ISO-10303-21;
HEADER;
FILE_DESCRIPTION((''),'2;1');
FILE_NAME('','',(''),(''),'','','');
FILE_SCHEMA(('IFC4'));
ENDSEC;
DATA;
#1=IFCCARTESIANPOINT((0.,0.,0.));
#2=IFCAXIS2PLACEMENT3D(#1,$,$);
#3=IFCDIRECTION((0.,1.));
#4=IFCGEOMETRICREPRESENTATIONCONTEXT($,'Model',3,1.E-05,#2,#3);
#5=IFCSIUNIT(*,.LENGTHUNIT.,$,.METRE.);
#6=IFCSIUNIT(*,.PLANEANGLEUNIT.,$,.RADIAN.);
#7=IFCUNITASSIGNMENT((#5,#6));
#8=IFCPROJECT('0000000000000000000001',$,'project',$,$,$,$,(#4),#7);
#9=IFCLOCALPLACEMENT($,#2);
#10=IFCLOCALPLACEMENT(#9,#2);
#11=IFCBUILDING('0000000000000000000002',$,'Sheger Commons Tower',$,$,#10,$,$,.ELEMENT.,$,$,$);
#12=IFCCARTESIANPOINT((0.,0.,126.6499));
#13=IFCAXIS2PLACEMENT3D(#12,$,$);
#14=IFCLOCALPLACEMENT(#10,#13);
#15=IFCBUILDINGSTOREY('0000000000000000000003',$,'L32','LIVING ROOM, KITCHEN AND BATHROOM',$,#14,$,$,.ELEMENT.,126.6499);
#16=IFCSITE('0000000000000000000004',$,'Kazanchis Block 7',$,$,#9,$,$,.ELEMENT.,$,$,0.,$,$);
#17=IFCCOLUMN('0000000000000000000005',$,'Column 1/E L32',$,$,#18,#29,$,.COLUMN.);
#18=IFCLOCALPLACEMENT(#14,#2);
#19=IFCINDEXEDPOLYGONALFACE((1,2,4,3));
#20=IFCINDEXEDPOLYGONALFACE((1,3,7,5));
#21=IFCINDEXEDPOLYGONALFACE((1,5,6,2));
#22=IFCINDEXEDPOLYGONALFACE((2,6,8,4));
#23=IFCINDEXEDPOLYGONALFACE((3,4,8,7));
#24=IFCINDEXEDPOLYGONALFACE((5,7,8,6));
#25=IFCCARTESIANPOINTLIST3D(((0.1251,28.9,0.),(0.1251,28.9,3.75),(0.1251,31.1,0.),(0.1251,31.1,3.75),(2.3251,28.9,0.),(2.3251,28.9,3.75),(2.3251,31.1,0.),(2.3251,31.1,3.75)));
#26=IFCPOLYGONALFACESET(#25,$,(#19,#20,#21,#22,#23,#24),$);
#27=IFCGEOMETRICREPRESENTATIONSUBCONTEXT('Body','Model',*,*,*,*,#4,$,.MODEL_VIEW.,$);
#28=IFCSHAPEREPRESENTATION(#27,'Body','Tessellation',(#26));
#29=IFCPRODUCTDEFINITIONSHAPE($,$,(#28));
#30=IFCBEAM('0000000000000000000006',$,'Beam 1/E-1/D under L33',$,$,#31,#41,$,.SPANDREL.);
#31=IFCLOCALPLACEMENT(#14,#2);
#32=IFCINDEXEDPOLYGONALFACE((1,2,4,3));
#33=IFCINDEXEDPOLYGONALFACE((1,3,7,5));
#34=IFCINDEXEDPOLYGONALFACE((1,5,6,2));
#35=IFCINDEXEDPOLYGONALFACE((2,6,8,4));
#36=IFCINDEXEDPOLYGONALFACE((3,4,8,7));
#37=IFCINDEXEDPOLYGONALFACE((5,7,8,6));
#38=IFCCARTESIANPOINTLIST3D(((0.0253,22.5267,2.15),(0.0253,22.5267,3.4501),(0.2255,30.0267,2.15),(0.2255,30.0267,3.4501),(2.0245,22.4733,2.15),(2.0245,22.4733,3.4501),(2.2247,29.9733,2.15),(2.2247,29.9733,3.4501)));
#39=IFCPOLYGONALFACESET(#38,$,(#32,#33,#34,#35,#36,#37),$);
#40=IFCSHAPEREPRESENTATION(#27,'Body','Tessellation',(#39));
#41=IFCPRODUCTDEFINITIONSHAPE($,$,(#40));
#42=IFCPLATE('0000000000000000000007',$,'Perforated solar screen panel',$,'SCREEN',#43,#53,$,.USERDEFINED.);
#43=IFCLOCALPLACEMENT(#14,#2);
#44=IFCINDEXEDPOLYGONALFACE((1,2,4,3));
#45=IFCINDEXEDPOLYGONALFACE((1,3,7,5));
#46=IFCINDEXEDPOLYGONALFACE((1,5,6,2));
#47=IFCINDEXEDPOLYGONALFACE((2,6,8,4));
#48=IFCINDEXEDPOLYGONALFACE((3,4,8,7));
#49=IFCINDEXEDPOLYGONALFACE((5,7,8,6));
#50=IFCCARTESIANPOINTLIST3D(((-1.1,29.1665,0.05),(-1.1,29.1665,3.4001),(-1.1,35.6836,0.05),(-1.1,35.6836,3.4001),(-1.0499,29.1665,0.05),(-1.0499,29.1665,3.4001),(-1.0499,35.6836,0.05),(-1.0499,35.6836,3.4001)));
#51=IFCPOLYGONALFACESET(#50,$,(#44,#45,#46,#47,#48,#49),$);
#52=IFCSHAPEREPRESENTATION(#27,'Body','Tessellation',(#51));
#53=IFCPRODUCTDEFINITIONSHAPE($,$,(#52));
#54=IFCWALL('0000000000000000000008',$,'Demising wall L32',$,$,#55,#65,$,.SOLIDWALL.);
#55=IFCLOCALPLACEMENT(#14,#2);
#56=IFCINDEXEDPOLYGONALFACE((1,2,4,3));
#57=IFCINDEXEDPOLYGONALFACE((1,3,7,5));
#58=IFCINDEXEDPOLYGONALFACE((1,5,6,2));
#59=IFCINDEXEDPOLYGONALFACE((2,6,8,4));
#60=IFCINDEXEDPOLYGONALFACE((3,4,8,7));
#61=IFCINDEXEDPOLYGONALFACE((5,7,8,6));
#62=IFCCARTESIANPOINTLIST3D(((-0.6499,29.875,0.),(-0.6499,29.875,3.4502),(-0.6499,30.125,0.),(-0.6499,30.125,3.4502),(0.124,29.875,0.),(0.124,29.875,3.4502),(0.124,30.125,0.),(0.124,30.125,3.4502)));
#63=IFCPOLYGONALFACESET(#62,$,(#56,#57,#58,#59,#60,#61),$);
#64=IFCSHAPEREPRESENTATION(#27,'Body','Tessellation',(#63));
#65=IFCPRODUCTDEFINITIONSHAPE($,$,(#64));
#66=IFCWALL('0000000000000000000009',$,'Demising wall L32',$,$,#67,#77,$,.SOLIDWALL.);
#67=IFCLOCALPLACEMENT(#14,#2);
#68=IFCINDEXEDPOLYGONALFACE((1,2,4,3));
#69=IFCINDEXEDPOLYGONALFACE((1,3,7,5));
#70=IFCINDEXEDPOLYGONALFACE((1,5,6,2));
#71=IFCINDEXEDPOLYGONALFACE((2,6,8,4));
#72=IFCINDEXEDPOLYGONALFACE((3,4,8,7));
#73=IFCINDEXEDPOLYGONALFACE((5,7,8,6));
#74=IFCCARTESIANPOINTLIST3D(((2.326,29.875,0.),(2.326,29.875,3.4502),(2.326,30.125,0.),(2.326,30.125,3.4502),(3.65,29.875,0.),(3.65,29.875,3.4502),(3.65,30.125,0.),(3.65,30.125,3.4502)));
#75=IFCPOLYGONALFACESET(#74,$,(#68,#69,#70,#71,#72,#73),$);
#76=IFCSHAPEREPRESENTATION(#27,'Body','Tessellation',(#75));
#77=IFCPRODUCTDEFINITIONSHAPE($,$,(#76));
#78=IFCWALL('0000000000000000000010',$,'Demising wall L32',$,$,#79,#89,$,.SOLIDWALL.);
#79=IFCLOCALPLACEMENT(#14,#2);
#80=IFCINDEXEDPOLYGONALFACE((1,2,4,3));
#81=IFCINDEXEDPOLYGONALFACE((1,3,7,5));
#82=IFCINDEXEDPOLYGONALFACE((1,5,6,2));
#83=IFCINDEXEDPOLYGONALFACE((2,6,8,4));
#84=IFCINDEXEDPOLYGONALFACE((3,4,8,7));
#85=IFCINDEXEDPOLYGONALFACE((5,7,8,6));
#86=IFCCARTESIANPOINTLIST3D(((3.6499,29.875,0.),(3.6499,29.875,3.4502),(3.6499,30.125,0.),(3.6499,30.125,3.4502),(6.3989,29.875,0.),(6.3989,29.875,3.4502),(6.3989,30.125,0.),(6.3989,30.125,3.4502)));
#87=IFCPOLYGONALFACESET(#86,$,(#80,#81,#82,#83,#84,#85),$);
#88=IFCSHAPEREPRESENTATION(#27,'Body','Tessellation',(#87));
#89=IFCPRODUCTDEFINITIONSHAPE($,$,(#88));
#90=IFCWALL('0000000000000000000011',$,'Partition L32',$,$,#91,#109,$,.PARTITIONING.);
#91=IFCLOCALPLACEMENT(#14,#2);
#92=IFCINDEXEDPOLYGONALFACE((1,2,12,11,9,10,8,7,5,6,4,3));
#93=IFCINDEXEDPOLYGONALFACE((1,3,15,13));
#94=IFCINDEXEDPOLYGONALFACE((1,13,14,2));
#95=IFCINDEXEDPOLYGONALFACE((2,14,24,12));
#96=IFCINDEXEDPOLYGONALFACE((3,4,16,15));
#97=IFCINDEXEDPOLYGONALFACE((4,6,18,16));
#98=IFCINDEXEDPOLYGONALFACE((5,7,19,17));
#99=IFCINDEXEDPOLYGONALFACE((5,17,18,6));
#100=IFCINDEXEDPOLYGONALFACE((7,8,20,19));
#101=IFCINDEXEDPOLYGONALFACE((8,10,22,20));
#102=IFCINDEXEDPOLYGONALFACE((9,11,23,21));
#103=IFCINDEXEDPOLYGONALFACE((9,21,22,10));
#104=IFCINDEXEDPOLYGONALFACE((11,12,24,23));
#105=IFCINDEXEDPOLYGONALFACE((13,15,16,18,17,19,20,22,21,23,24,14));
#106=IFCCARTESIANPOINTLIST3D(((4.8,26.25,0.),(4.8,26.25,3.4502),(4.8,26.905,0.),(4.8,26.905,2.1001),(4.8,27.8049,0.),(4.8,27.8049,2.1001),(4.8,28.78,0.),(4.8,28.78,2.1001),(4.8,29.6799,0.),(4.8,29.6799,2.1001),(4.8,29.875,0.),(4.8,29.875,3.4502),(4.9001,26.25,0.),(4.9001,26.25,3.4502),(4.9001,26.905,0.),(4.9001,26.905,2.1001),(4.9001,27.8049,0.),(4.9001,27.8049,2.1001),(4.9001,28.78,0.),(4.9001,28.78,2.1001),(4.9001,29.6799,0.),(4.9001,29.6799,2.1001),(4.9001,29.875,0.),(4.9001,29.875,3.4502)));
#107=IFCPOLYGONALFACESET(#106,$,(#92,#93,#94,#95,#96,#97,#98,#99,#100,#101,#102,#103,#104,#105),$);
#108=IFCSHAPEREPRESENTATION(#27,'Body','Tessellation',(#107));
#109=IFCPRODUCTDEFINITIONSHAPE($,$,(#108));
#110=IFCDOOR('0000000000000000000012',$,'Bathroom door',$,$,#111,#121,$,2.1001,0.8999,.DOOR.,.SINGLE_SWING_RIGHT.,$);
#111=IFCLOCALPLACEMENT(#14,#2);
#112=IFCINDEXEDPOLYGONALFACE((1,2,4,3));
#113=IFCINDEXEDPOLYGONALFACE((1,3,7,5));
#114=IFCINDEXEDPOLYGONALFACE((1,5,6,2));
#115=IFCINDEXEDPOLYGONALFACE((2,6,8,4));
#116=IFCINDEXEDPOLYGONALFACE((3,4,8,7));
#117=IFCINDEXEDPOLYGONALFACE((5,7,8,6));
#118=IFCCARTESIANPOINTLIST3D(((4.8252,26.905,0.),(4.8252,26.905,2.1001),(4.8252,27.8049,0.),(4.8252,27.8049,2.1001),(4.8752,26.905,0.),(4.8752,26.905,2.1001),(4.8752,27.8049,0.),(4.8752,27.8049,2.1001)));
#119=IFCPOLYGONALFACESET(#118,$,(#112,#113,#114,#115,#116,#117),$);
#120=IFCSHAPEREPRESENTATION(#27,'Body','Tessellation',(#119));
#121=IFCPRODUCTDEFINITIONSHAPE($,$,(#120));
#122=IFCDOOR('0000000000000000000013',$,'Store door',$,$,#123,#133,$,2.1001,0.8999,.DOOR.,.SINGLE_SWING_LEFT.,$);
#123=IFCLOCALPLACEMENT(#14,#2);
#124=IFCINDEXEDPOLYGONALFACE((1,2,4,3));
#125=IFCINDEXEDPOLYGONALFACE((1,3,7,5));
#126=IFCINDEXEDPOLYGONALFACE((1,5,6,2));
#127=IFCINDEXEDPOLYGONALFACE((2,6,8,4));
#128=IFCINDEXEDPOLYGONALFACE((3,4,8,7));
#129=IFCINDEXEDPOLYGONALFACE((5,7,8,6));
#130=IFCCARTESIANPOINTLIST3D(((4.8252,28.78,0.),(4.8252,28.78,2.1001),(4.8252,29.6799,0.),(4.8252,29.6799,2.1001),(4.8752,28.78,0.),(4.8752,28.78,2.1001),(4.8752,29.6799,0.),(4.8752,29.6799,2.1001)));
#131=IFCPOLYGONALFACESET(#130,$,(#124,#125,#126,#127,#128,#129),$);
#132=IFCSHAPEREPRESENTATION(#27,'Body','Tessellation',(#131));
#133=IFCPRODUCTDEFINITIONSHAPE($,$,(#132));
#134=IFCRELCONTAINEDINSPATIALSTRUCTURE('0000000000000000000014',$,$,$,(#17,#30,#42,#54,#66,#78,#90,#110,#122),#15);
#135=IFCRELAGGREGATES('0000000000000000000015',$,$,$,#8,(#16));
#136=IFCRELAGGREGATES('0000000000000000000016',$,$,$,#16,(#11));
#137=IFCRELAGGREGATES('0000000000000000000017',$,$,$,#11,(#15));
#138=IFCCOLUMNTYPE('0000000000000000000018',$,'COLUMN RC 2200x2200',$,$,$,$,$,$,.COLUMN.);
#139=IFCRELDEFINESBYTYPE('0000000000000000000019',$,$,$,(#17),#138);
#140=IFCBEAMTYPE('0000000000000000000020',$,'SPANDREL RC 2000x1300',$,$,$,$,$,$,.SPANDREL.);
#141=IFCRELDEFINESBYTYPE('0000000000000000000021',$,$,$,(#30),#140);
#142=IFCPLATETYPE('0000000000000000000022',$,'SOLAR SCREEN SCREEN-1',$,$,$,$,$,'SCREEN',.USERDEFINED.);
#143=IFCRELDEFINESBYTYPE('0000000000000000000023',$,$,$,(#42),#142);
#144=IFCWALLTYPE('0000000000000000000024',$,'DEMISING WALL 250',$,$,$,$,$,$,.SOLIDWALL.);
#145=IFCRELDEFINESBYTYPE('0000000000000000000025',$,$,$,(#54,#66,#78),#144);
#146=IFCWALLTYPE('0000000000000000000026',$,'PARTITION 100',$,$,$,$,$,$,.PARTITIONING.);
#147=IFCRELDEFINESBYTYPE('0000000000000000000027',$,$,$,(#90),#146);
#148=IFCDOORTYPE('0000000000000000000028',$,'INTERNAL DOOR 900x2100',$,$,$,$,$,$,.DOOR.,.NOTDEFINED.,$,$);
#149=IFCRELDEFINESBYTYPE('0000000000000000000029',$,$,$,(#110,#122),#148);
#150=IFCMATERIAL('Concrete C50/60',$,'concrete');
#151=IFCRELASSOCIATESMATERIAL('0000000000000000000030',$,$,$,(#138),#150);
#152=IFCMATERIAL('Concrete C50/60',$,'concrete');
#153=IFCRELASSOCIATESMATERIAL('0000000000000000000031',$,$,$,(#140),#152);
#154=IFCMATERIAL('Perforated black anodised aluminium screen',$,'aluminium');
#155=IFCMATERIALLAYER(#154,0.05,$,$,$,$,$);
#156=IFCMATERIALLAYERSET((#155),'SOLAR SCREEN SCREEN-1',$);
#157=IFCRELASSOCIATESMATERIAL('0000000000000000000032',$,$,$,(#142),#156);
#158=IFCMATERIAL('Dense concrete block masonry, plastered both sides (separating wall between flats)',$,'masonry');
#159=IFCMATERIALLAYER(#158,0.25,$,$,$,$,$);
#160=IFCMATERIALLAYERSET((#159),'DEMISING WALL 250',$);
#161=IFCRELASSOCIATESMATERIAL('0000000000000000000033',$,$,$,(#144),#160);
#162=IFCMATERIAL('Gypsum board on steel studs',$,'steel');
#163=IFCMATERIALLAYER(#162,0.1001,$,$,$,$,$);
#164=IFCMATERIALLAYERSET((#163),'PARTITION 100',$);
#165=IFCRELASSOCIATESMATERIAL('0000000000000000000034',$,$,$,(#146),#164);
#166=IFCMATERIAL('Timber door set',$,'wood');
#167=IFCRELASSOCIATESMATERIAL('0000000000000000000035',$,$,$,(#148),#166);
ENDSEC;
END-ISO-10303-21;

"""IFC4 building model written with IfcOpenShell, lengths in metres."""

from ifc_helpers import new_model, si_unit, direction, frame, frame_2d, origin, origin_2d, place, context, subcontext, project, spatial, rectangle, extrude, material, layer, layer_set, material_profile, profile_set, type_object, element, fill, save


model = new_model("IFC4")

# Units and contexts
model_context = context("Model", 3, precision=1e-05, world=origin(), true_north=direction((0.0, 1.0)))
body_context = subcontext(model_context, "Body", "Model", "MODEL_VIEW")
ifc_project = project(units=[si_unit("LENGTHUNIT", "METRE"), si_unit("PLANEANGLEUNIT", "RADIAN")], contexts=[model_context])

# Site, building, storey
site_placement = place(None, origin())
site = spatial("IfcSite", under=ifc_project, at=site_placement, Name="Kazanchis Block 7", CompositionType="ELEMENT", RefElevation=0.0)
building_placement = place(site_placement, origin())
building = spatial("IfcBuilding", under=site, at=building_placement, Name="Sheger Commons Tower", CompositionType="ELEMENT")
storey_placement = place(building_placement, frame((0.0, 0.0, 126.6499)))
storey = spatial("IfcBuildingStorey", under=building, at=storey_placement, Name="L32", Description="LIVING ROOM, KITCHEN AND BATHROOM", CompositionType="ELEMENT", Elevation=126.6499)

# Column
ifc_material_1 = material(Name="Concrete C50/60", Category="concrete")
ifc_material_profile_1 = material_profile(ifc_material_1, rectangle(XDim=2.2, YDim=2.2, at=origin_2d()), Name="RC 2200x2200")
ifc_profile_set_1 = profile_set([ifc_material_profile_1], Name="Concrete C50/60")
column_type = type_object("IfcColumnType", Name="COLUMN RC 2200x2200", PredefinedType="COLUMN", material=ifc_profile_set_1)
column_placement = place(storey_placement, frame((1.2251, 30.0, 0.0), z_axis=(0.0, 0.0, 1.0), x_axis=(1.0, 0.0, 0.0)))
element("IfcColumn", 1, at=column_placement, inside=storey, type_object=column_type, Name="Column 1/E L32", PredefinedType="COLUMN", context=body_context, shape_type="SweptSolid", body=[
    extrude(rectangle(XDim=2.2, YDim=2.2, at=origin_2d()), origin(), (0.0, 0.0, 1.0), 3.75),
])

# Beam
ifc_material_2 = material(Name="Concrete C50/60", Category="concrete")
ifc_material_profile_2 = material_profile(ifc_material_2, rectangle(XDim=2.0, YDim=1.3, at=origin_2d()), Name="RC 2000x1300")
ifc_profile_set_2 = profile_set([ifc_material_profile_2], Name="Concrete C50/60")
beam_type = type_object("IfcBeamType", Name="SPANDREL RC 2000x1300", PredefinedType="SPANDREL", material=ifc_profile_set_2)
beam_placement = place(storey_placement, frame((1.2251, 30.0, 2.8), z_axis=(-0.026683, -0.999644, 0.0), x_axis=(0.999644, -0.026683, 0.0)))
element("IfcBeam", 2, at=beam_placement, inside=storey, type_object=beam_type, Name="Beam 1/E-1/D under L33", PredefinedType="SPANDREL", context=body_context, shape_type="SweptSolid", body=[
    extrude(rectangle(XDim=2.0, YDim=1.3, at=origin_2d()), origin(), (0.0, 0.0, 1.0), 7.5027),
])

# Plate
ifc_material_3 = material(Name="Perforated black anodised aluminium screen", Category="aluminium")
ifc_layer_1 = layer(ifc_material_3, 0.05)
ifc_layer_set_1 = layer_set([ifc_layer_1], Name="SOLAR SCREEN SCREEN-1")
plate_type = type_object("IfcPlateType", Name="SOLAR SCREEN SCREEN-1", ElementType="SCREEN", PredefinedType="USERDEFINED", material=ifc_layer_set_1)
plate_placement = place(storey_placement, frame((-1.075, 32.425, 0.05), z_axis=(0.0, 0.0, 1.0), x_axis=(0.0, -1.0, 0.0)))
element("IfcPlate", 3, at=plate_placement, inside=storey, type_object=plate_type, Name="Perforated solar screen panel", ObjectType="SCREEN", PredefinedType="USERDEFINED", context=body_context, shape_type="SweptSolid", body=[
    extrude(rectangle(XDim=6.5171, YDim=0.05, at=origin_2d()), origin(), (0.0, 0.0, 1.0), 3.3501),
])

# Walls
ifc_material_4 = material(Name="Dense concrete block masonry, plastered both sides (separating wall between flats)", Category="masonry")
ifc_layer_2 = layer(ifc_material_4, 0.25)
ifc_layer_set_2 = layer_set([ifc_layer_2], Name="DEMISING WALL 250")
wall_type_1 = type_object("IfcWallType", Name="DEMISING WALL 250", PredefinedType="SOLIDWALL", material=ifc_layer_set_2)
wall_1_placement = place(storey_placement, frame((-0.6499, 30.0, 0.0), z_axis=(0.0, 0.0, 1.0), x_axis=(1.0, 0.0, 0.0)))
element("IfcWall", 4, at=wall_1_placement, inside=storey, type_object=wall_type_1, Name="Demising wall L32", PredefinedType="SOLIDWALL", context=body_context, shape_type="SweptSolid", body=[
    extrude(rectangle(XDim=0.7739, YDim=0.25, at=frame_2d((0.387, 0.0))), origin(), (0.0, 0.0, 1.0), 3.4502),
])
wall_2_placement = place(storey_placement, frame((2.3259, 30.0, 0.0), z_axis=(0.0, 0.0, 1.0), x_axis=(1.0, 0.0, 0.0)))
element("IfcWall", 5, at=wall_2_placement, inside=storey, type_object=wall_type_1, Name="Demising wall L32", PredefinedType="SOLIDWALL", context=body_context, shape_type="SweptSolid", body=[
    extrude(rectangle(XDim=1.324, YDim=0.25, at=frame_2d((0.6621, 0.0))), origin(), (0.0, 0.0, 1.0), 3.4502),
])
wall_3_placement = place(storey_placement, frame((3.6499, 30.0, 0.0), z_axis=(0.0, 0.0, 1.0), x_axis=(1.0, 0.0, 0.0)))
element("IfcWall", 6, at=wall_3_placement, inside=storey, type_object=wall_type_1, Name="Demising wall L32", PredefinedType="SOLIDWALL", context=body_context, shape_type="SweptSolid", body=[
    extrude(rectangle(XDim=2.749, YDim=0.25, at=frame_2d((1.3745, 0.0))), origin(), (0.0, 0.0, 1.0), 3.4502),
])

# Wall, openings, doors
ifc_material_5 = material(Name="Gypsum board on steel studs", Category="steel")
ifc_layer_3 = layer(ifc_material_5, 0.1001)
ifc_layer_set_3 = layer_set([ifc_layer_3], Name="PARTITION 100")
wall_type_2 = type_object("IfcWallType", Name="PARTITION 100", PredefinedType="PARTITIONING", material=ifc_layer_set_3)
wall_4_placement = place(storey_placement, frame((4.8501, 26.25, 0.0), z_axis=(0.0, 0.0, 1.0), x_axis=(0.0, 1.0, 0.0)))
wall_4 = element("IfcWall", 7, at=wall_4_placement, inside=storey, type_object=wall_type_2, Name="Partition L32", PredefinedType="PARTITIONING", context=body_context, shape_type="SweptSolid", body=[
    extrude(rectangle(XDim=3.625, YDim=0.1001, at=frame_2d((1.8125, 0.0))), origin(), (0.0, 0.0, 1.0), 3.4502),
])
opening_1_placement = place(wall_4_placement, frame((0.655, 0.0, 0.0)))
opening_1 = element("IfcOpeningElement", 8, at=opening_1_placement, cuts=wall_4, PredefinedType="OPENING", context=body_context, shape_type="SweptSolid", body=[
    extrude(rectangle(XDim=0.8999, YDim=2.1001, at=frame_2d((0.45, 1.05))), frame((0.0, 0.0601, 0.0), z_axis=(0.0, -1.0, 0.0), x_axis=(1.0, 0.0, 0.0)), (0.0, 0.0, 1.0), 0.1201),
])
opening_2_placement = place(wall_4_placement, frame((2.53, 0.0, 0.0)))
opening_2 = element("IfcOpeningElement", 9, at=opening_2_placement, cuts=wall_4, PredefinedType="OPENING", context=body_context, shape_type="SweptSolid", body=[
    extrude(rectangle(XDim=0.8999, YDim=2.1001, at=frame_2d((0.45, 1.05))), frame((0.0, 0.0601, 0.0), z_axis=(0.0, -1.0, 0.0), x_axis=(1.0, 0.0, 0.0)), (0.0, 0.0, 1.0), 0.1201),
])
ifc_material_6 = material(Name="Timber door set", Category="wood")
door_type = type_object("IfcDoorType", Name="INTERNAL DOOR 900x2100", OperationType="NOTDEFINED", PredefinedType="DOOR", material=ifc_material_6)
door_1_placement = place(opening_1_placement, origin())
door_1 = element("IfcDoor", 10, at=door_1_placement, inside=storey, type_object=door_type, Name="Bathroom door", OperationType="SINGLE_SWING_RIGHT", OverallHeight=2.1001, OverallWidth=0.8999, PredefinedType="DOOR", context=body_context, shape_type="SweptSolid", body=[
    extrude(rectangle(XDim=0.8999, YDim=2.1001, at=frame_2d((0.45, 1.05))), frame((0.0, 0.0249, 0.0), z_axis=(0.0, -1.0, 0.0), x_axis=(1.0, 0.0, 0.0)), (0.0, 0.0, 1.0), 0.05),
])
fill(opening_1, door_1)
door_2_placement = place(opening_2_placement, origin())
door_2 = element("IfcDoor", 11, at=door_2_placement, inside=storey, type_object=door_type, Name="Store door", OperationType="SINGLE_SWING_LEFT", OverallHeight=2.1001, OverallWidth=0.8999, PredefinedType="DOOR", context=body_context, shape_type="SweptSolid", body=[
    extrude(rectangle(XDim=0.8999, YDim=2.1001, at=frame_2d((0.45, 1.05))), frame((0.0, 0.0249, 0.0), z_axis=(0.0, -1.0, 0.0), x_axis=(1.0, 0.0, 0.0)), (0.0, 0.0, 1.0), 0.05),
])
fill(opening_2, door_2)

save(model, "model.ifc")
